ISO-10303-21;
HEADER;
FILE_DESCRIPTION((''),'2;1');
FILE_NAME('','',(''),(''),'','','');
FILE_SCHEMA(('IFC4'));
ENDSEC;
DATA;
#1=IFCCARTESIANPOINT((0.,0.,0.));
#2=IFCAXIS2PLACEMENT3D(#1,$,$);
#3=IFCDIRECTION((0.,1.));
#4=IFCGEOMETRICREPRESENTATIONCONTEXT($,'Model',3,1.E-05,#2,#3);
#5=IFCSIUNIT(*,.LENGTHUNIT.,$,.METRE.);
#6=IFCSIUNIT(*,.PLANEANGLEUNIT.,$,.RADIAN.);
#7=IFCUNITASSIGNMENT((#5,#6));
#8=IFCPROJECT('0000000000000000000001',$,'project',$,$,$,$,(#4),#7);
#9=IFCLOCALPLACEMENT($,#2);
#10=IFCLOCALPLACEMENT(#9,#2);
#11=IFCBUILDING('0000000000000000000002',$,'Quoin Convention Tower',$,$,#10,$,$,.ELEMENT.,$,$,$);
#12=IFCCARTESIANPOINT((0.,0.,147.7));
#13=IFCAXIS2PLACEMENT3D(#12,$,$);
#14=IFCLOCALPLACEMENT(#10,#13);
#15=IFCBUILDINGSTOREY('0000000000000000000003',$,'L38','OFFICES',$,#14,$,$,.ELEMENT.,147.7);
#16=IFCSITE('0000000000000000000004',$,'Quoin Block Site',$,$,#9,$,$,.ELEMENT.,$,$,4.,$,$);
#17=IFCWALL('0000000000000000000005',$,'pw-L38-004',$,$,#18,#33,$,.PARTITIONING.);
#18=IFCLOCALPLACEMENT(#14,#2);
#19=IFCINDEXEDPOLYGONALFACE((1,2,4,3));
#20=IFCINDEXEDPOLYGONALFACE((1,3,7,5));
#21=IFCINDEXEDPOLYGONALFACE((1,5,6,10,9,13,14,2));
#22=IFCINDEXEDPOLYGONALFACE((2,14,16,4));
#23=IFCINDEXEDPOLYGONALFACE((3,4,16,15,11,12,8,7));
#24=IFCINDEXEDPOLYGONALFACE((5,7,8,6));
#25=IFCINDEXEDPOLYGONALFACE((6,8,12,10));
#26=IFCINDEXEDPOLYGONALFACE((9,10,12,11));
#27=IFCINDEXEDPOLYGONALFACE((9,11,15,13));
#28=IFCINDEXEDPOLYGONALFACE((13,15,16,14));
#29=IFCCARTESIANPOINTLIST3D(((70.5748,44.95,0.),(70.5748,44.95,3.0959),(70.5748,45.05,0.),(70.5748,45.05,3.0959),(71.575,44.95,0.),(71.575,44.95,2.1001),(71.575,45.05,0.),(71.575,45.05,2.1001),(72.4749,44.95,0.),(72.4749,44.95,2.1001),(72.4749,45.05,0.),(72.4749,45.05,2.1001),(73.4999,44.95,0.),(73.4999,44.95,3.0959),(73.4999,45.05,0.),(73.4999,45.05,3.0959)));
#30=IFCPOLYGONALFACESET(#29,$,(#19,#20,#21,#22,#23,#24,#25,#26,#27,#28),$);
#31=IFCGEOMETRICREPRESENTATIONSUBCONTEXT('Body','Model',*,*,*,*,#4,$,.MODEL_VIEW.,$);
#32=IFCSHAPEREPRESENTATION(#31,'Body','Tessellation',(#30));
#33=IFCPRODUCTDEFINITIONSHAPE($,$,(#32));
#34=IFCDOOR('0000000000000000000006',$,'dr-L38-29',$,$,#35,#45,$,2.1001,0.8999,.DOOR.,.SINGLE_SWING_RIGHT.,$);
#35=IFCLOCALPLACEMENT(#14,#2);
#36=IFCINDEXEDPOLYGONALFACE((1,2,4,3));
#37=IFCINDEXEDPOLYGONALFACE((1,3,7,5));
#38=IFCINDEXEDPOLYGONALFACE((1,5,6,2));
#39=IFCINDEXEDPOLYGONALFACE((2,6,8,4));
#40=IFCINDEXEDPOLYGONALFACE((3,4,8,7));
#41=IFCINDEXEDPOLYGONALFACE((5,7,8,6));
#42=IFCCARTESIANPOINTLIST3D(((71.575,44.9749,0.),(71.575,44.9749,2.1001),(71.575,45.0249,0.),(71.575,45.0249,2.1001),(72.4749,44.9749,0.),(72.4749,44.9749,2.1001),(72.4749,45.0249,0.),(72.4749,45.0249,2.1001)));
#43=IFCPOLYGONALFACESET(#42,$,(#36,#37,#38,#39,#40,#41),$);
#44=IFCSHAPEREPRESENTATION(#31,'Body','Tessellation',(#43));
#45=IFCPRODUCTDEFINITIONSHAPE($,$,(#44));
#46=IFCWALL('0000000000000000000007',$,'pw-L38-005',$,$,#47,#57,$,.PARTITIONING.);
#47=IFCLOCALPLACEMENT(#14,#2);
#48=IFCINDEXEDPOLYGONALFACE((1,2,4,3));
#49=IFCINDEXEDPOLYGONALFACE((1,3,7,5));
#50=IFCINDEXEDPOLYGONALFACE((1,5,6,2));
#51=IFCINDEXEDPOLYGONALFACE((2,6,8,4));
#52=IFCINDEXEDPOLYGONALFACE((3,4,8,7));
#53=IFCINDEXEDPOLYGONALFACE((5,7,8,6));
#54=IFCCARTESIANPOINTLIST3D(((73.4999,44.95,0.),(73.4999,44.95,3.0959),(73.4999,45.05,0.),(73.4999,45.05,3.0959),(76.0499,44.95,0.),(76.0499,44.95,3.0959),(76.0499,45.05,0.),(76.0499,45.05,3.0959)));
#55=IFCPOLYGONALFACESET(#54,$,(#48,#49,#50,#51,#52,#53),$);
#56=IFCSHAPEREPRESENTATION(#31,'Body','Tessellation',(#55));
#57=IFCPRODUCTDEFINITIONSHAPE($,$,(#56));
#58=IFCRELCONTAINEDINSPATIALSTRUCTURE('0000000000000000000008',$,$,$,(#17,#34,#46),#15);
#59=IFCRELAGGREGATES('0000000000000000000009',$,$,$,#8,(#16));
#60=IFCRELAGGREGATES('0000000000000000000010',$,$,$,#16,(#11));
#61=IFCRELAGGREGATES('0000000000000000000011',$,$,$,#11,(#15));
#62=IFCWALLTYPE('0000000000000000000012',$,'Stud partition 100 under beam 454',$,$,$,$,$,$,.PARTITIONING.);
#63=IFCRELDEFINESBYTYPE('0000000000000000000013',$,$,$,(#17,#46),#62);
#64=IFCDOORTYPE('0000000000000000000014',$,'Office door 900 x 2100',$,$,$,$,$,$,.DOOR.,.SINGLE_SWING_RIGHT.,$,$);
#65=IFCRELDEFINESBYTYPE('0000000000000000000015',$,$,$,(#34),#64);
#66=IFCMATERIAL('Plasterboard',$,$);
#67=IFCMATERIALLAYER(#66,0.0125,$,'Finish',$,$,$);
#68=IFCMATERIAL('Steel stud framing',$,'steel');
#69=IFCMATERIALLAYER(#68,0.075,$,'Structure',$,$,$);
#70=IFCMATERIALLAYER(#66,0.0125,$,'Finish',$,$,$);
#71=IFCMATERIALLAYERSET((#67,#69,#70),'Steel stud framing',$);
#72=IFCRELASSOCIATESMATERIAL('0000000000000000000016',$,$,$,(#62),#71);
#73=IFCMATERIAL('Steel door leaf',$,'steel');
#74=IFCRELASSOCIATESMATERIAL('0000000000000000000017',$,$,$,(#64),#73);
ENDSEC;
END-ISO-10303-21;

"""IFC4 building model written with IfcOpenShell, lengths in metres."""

from ifc_helpers import new_model, si_unit, direction, frame, frame_2d, origin, place, context, subcontext, project, spatial, rectangle, extrude, material, layer, layer_set, type_object, element, fill, save


model = new_model("IFC4")

# Units and contexts
model_context = context("Model", 3, precision=1e-05, world=origin(), true_north=direction((0.0, 1.0)))
body_context = subcontext(model_context, "Body", "Model", "MODEL_VIEW")
ifc_project = project(units=[si_unit("LENGTHUNIT", "METRE"), si_unit("PLANEANGLEUNIT", "RADIAN")], contexts=[model_context])

# Site, building, storey
site_placement = place(None, origin())
site = spatial("IfcSite", under=ifc_project, at=site_placement, Name="Quoin Block Site", CompositionType="ELEMENT", RefElevation=4.0)
building_placement = place(site_placement, origin())
building = spatial("IfcBuilding", under=site, at=building_placement, Name="Quoin Convention Tower", CompositionType="ELEMENT")
storey_placement = place(building_placement, frame((0.0, 0.0, 147.7)))
storey = spatial("IfcBuildingStorey", under=building, at=storey_placement, Name="L38", Description="OFFICES", CompositionType="ELEMENT", Elevation=147.7)

# Shared definitions
ifc_material_1 = material(Name="Plasterboard")
ifc_material_2 = material(Name="Steel stud framing", Category="steel")
ifc_material_3 = material(Name="Steel door leaf", Category="steel")

# Wall, opening, door
ifc_layer_1 = layer(ifc_material_1, 0.0125, Name="Finish")
ifc_layer_2 = layer(ifc_material_2, 0.075, Name="Structure")
ifc_layer_3 = layer(ifc_material_1, 0.0125, Name="Finish")
ifc_layer_set_1 = layer_set([ifc_layer_1, ifc_layer_2, ifc_layer_3], Name="Steel stud framing")
wall_type_1 = type_object("IfcWallType", Name="Stud partition 100 under beam 454", PredefinedType="PARTITIONING", material=ifc_layer_set_1)
wall_1_placement = place(storey_placement, frame((70.575, 45.0, 0.0), z_axis=(0.0, 0.0, 1.0), x_axis=(1.0, 0.0, 0.0)))
wall_1 = element("IfcWall", 1, at=wall_1_placement, inside=storey, type_object=wall_type_1, Name="pw-L38-004", PredefinedType="PARTITIONING", context=body_context, shape_type="SweptSolid", body=[
    extrude(rectangle(XDim=2.925, YDim=0.1001, at=frame_2d((1.4624, 0.0))), origin(), (0.0, 0.0, 1.0), 3.0959),
])
opening_1_placement = place(wall_1_placement, frame((1.0, 0.0, 0.0)))
opening_1 = element("IfcOpeningElement", 2, at=opening_1_placement, cuts=wall_1, PredefinedType="OPENING", context=body_context, shape_type="SweptSolid", body=[
    extrude(rectangle(XDim=0.8999, YDim=2.1001, at=frame_2d((0.45, 1.05))), frame((0.0, 0.0601, 0.0), z_axis=(0.0, -1.0, 0.0), x_axis=(1.0, 0.0, 0.0)), (0.0, 0.0, 1.0), 0.1201),
])
door_type_1 = type_object("IfcDoorType", Name="Office door 900 x 2100", OperationType="SINGLE_SWING_RIGHT", PredefinedType="DOOR", material=ifc_material_3)
door_1_placement = place(opening_1_placement, origin())
door_1 = element("IfcDoor", 3, at=door_1_placement, inside=storey, type_object=door_type_1, Name="dr-L38-29", OperationType="SINGLE_SWING_RIGHT", OverallHeight=2.1001, OverallWidth=0.8999, PredefinedType="DOOR", context=body_context, shape_type="SweptSolid", body=[
    extrude(rectangle(XDim=0.8999, YDim=2.1001, at=frame_2d((0.45, 1.05))), frame((0.0, 0.0249, 0.0), z_axis=(0.0, -1.0, 0.0), x_axis=(1.0, 0.0, 0.0)), (0.0, 0.0, 1.0), 0.05),
])
fill(opening_1, door_1)

# Wall
wall_2_placement = place(storey_placement, frame((73.5, 45.0, 0.0), z_axis=(0.0, 0.0, 1.0), x_axis=(1.0, 0.0, 0.0)))
element("IfcWall", 4, at=wall_2_placement, inside=storey, type_object=wall_type_1, Name="pw-L38-005", PredefinedType="PARTITIONING", context=body_context, shape_type="SweptSolid", body=[
    extrude(rectangle(XDim=2.55, YDim=0.1001, at=frame_2d((1.2749, 0.0))), origin(), (0.0, 0.0, 1.0), 3.0959),
])

save(model, "model.ifc")
